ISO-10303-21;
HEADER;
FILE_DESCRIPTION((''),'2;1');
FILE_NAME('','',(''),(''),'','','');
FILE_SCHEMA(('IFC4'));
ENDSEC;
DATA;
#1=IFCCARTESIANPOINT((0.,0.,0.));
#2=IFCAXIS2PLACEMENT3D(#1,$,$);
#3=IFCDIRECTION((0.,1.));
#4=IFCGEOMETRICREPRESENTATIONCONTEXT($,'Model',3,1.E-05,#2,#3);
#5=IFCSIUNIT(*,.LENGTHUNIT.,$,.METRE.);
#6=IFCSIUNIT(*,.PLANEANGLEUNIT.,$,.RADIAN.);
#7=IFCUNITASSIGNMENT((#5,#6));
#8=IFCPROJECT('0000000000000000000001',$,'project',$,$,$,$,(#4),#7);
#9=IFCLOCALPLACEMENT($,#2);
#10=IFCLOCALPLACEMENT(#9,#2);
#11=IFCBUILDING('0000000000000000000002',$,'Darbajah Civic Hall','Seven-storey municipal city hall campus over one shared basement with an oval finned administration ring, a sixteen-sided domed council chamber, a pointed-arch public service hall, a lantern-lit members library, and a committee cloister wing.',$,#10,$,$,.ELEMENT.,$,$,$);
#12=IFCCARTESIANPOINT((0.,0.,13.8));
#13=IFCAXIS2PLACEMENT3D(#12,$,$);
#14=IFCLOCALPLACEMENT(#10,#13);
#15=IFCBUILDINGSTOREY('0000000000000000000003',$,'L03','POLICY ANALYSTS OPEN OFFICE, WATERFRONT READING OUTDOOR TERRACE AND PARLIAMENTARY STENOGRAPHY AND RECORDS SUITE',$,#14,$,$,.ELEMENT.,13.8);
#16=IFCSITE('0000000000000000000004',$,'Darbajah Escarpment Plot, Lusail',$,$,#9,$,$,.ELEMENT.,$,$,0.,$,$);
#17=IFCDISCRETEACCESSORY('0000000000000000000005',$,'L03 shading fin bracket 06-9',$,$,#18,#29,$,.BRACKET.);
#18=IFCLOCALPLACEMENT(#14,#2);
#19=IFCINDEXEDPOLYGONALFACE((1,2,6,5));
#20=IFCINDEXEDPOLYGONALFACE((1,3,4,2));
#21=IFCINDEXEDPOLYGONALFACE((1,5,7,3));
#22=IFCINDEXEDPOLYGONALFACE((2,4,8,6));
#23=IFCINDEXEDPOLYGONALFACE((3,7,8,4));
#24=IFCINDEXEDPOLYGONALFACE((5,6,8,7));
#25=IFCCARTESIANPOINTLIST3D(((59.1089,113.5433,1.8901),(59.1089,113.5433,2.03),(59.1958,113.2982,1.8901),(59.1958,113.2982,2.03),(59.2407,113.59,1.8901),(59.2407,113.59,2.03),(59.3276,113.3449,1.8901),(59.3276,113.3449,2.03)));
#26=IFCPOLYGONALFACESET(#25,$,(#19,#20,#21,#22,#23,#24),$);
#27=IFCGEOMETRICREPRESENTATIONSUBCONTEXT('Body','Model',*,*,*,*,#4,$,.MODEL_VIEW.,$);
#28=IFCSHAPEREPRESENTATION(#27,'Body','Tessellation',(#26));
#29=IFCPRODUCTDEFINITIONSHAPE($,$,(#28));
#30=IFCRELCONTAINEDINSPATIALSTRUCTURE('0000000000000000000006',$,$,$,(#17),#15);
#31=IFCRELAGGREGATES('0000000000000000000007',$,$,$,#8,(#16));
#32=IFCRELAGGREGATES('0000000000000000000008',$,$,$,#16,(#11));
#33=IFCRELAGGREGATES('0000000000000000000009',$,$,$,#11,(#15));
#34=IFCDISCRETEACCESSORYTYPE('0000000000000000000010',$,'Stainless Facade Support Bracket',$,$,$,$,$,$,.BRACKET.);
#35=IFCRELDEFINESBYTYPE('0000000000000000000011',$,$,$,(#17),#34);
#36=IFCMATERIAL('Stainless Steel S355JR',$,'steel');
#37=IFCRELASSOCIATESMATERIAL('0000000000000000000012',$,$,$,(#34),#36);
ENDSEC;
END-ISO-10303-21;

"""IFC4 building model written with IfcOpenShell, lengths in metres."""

from ifc_helpers import new_model, si_unit, direction, frame, origin, origin_2d, place, context, subcontext, project, spatial, rectangle, extrude, material, type_object, element, save


model = new_model("IFC4")

# Units and contexts
model_context = context("Model", 3, precision=1e-05, world=origin(), true_north=direction((0.0, 1.0)))
body_context = subcontext(model_context, "Body", "Model", "MODEL_VIEW")
ifc_project = project(units=[si_unit("LENGTHUNIT", "METRE"), si_unit("PLANEANGLEUNIT", "RADIAN")], contexts=[model_context])

# Site, building, storey
site_placement = place(None, origin())
site = spatial("IfcSite", under=ifc_project, at=site_placement, Name="Darbajah Escarpment Plot, Lusail", CompositionType="ELEMENT", RefElevation=0.0)
building_placement = place(site_placement, origin())
building = spatial("IfcBuilding", under=site, at=building_placement, Name="Darbajah Civic Hall", Description="Seven-storey municipal city hall campus over one shared basement with an oval finned administration ring, a sixteen-sided domed council chamber, a pointed-arch public service hall, a lantern-lit members library, and a committee cloister wing.", CompositionType="ELEMENT")
storey_placement = place(building_placement, frame((0.0, 0.0, 13.8)))
storey = spatial("IfcBuildingStorey", under=building, at=storey_placement, Name="L03", Description="POLICY ANALYSTS OPEN OFFICE, WATERFRONT READING OUTDOOR TERRACE AND PARLIAMENTARY STENOGRAPHY AND RECORDS SUITE", CompositionType="ELEMENT", Elevation=13.8)

# Discrete accessory
ifc_material_1 = material(Name="Stainless Steel S355JR", Category="steel")
discrete_accessory_type = type_object("IfcDiscreteAccessoryType", Name="Stainless Facade Support Bracket", PredefinedType="BRACKET", material=ifc_material_1)
for number, where, z_axis, x_axis, name in (
    (1, (59.2183, 113.4441, 1.8901), (0.0, 0.0, 1.0), (-0.334136, 0.942525, 0.0), "L03 shading fin bracket 06-9"),
):
    element("IfcDiscreteAccessory", number, at=place(storey_placement, frame(where, z_axis=z_axis, x_axis=x_axis)), inside=storey, type_object=discrete_accessory_type, Name=name, PredefinedType="BRACKET", context=body_context, shape_type="SweptSolid", body=[
        extrude(rectangle(XDim=0.26, YDim=0.1399, at=origin_2d()), origin(), (0.0, 0.0, 1.0), 0.1399),
    ])

save(model, "model.ifc")
